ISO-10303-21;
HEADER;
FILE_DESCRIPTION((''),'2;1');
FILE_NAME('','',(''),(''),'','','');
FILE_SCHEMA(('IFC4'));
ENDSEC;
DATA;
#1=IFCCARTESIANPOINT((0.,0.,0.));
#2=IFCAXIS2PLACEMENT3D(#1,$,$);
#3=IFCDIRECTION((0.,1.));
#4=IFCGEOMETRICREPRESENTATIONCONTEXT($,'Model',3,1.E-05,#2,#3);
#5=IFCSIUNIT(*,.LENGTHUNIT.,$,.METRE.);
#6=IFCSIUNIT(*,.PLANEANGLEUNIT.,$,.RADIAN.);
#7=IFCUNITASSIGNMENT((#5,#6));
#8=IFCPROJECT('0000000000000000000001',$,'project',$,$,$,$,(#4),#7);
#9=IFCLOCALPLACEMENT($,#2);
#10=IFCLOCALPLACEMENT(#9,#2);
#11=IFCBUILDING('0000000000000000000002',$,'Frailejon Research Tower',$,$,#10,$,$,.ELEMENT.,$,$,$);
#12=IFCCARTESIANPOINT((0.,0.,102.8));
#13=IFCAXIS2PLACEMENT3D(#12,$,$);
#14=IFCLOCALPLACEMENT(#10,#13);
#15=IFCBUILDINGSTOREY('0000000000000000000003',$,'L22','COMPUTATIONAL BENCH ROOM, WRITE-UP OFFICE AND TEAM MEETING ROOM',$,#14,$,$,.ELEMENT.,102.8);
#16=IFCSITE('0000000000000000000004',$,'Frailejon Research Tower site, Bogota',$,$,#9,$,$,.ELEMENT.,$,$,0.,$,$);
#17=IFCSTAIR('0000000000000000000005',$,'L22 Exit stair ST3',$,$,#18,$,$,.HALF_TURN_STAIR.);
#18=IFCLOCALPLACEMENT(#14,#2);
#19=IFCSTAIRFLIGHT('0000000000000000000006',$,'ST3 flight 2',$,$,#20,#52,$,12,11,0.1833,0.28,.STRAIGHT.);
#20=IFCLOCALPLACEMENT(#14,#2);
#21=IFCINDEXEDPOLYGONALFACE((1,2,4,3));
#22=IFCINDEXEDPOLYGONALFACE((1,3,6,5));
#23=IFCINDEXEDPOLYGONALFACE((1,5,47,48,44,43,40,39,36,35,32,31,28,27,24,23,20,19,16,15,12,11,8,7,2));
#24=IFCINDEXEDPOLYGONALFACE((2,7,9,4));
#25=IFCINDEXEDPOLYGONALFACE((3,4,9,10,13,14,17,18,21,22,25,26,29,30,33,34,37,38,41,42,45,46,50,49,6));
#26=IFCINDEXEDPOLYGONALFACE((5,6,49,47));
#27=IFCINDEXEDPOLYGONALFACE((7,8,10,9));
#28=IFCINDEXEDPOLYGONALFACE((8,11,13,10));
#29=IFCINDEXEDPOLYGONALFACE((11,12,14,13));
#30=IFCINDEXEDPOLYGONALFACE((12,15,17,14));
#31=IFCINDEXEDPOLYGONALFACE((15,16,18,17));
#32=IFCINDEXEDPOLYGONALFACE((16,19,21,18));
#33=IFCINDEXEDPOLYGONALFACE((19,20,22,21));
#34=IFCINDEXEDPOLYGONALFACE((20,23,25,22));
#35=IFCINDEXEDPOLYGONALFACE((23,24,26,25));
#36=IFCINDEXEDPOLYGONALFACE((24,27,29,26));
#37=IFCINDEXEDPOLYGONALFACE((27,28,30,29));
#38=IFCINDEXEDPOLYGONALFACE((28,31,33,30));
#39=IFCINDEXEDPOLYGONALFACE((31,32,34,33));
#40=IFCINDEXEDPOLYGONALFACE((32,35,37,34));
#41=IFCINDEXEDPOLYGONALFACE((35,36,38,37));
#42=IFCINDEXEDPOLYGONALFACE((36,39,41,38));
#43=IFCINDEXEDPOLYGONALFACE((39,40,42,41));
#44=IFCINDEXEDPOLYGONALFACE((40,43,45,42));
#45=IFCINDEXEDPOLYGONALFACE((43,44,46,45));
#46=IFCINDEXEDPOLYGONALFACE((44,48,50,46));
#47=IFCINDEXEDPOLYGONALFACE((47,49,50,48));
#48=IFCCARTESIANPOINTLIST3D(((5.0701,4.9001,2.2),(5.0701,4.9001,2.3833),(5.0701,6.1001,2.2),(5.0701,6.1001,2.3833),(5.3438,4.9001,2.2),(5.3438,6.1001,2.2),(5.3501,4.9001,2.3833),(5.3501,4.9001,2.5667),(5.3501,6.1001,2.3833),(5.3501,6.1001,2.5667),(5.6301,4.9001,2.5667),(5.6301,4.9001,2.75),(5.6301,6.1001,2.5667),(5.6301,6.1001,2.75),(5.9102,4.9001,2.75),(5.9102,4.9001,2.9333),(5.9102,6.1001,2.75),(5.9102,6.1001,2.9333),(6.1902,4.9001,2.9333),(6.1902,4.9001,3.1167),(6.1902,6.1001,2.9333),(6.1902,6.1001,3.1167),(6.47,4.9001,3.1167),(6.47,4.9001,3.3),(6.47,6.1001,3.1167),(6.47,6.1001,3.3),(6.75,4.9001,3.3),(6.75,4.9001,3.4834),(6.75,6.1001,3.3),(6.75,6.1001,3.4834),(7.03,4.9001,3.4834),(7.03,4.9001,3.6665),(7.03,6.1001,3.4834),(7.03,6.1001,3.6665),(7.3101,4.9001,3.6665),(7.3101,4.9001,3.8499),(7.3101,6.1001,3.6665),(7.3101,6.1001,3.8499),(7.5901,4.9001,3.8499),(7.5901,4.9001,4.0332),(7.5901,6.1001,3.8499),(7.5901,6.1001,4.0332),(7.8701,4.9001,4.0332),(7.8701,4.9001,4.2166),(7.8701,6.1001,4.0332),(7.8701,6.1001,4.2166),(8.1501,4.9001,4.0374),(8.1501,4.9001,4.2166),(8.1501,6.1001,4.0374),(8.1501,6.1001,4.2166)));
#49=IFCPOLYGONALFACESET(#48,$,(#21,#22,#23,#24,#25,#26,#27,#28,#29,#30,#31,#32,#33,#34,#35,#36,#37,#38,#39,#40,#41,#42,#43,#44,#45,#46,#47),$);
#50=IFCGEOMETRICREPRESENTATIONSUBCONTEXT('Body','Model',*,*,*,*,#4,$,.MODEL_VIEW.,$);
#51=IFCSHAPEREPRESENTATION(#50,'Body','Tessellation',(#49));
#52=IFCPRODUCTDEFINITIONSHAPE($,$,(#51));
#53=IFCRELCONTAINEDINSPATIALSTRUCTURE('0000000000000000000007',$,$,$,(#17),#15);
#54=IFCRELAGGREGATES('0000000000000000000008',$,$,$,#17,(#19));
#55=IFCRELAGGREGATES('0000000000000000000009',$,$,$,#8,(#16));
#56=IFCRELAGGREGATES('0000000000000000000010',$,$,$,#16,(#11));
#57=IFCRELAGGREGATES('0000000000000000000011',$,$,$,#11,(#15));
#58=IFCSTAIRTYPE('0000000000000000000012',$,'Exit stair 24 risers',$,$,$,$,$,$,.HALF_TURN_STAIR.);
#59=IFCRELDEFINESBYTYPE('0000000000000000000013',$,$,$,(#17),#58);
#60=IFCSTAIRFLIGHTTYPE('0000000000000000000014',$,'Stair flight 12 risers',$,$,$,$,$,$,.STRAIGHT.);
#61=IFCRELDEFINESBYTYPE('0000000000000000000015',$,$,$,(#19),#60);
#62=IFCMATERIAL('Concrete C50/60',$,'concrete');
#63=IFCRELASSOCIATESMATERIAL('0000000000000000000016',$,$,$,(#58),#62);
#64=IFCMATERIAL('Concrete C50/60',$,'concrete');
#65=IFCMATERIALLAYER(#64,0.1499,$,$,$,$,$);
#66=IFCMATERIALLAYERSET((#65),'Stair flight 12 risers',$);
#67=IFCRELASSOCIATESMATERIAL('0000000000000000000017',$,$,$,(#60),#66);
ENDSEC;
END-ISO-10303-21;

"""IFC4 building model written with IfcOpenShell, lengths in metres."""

from ifc_helpers import new_model, si_unit, direction, frame, origin, place, context, subcontext, project, spatial, polyline, outline, extrude, material, layer, layer_set, type_object, element, aggregate, save


model = new_model("IFC4")

# Units and contexts
model_context = context("Model", 3, precision=1e-05, world=origin(), true_north=direction((0.0, 1.0)))
body_context = subcontext(model_context, "Body", "Model", "MODEL_VIEW")
ifc_project = project(units=[si_unit("LENGTHUNIT", "METRE"), si_unit("PLANEANGLEUNIT", "RADIAN")], contexts=[model_context])

# Site, building, storey
site_placement = place(None, origin())
site = spatial("IfcSite", under=ifc_project, at=site_placement, Name="Frailejon Research Tower site, Bogota", CompositionType="ELEMENT", RefElevation=0.0)
building_placement = place(site_placement, origin())
building = spatial("IfcBuilding", under=site, at=building_placement, Name="Frailejon Research Tower", CompositionType="ELEMENT")
storey_placement = place(building_placement, frame((0.0, 0.0, 102.8)))
storey = spatial("IfcBuildingStorey", under=building, at=storey_placement, Name="L22", Description="COMPUTATIONAL BENCH ROOM, WRITE-UP OFFICE AND TEAM MEETING ROOM", CompositionType="ELEMENT", Elevation=102.8)

# Stair
ifc_material_1 = material(Name="Concrete C50/60", Category="concrete")
stair_type = type_object("IfcStairType", Name="Exit stair 24 risers", PredefinedType="HALF_TURN_STAIR", material=ifc_material_1)
stair_1_placement = place(storey_placement, origin())
stair_1 = element("IfcStair", 1, at=stair_1_placement, inside=storey, type_object=stair_type, Name="L22 Exit stair ST3", PredefinedType="HALF_TURN_STAIR")

# Stair flight
ifc_material_2 = material(Name="Concrete C50/60", Category="concrete")
ifc_layer_1 = layer(ifc_material_2, 0.1499)
ifc_layer_set_1 = layer_set([ifc_layer_1], Name="Stair flight 12 risers")
stair_flight_type = type_object("IfcStairFlightType", Name="Stair flight 12 risers", PredefinedType="STRAIGHT", material=ifc_layer_set_1)
stair_flight_1_placement = place(storey_placement, frame((5.0701, 5.5, 2.2), z_axis=(0.0, 0.0, 1.0), x_axis=(1.0, 0.0, 0.0)))
stair_flight_1 = element("IfcStairFlight", 2, at=stair_flight_1_placement, type_object=stair_flight_type, Name="ST3 flight 2", NumberOfRisers=12, NumberOfTreads=11, PredefinedType="STRAIGHT", RiserHeight=0.1833, TreadLength=0.28, context=body_context, shape_type="SweptSolid", body=[
    extrude(outline(polyline([(0.0, 0.0), (0.0, 0.1833), (0.28, 0.1833), (0.28, 0.3667), (0.5601, 0.3667), (0.5601, 0.55), (0.8401, 0.55), (0.8401, 0.7334), (1.1201, 0.7334), (1.1201, 0.9167), (1.3999, 0.9167), (1.3999, 1.1001), (1.6799, 1.1001), (1.6799, 1.2834), (1.96, 1.2834), (1.96, 1.4666), (2.24, 1.4666), (2.24, 1.6499), (2.52, 1.6499), (2.52, 1.8333), (2.8, 1.8333), (2.8, 2.0166), (3.0801, 2.0166), (3.0801, 2.2), (3.0801, 1.8374), (0.2737, 0.0), (0.0, 0.0)])), frame((0.0, 0.6001, 0.0), z_axis=(0.0, -1.0, 0.0), x_axis=(1.0, 0.0, 0.0)), (0.0, 0.0, 1.0), 1.2),
])
aggregate(stair_1, [stair_flight_1])

save(model, "model.ifc")
